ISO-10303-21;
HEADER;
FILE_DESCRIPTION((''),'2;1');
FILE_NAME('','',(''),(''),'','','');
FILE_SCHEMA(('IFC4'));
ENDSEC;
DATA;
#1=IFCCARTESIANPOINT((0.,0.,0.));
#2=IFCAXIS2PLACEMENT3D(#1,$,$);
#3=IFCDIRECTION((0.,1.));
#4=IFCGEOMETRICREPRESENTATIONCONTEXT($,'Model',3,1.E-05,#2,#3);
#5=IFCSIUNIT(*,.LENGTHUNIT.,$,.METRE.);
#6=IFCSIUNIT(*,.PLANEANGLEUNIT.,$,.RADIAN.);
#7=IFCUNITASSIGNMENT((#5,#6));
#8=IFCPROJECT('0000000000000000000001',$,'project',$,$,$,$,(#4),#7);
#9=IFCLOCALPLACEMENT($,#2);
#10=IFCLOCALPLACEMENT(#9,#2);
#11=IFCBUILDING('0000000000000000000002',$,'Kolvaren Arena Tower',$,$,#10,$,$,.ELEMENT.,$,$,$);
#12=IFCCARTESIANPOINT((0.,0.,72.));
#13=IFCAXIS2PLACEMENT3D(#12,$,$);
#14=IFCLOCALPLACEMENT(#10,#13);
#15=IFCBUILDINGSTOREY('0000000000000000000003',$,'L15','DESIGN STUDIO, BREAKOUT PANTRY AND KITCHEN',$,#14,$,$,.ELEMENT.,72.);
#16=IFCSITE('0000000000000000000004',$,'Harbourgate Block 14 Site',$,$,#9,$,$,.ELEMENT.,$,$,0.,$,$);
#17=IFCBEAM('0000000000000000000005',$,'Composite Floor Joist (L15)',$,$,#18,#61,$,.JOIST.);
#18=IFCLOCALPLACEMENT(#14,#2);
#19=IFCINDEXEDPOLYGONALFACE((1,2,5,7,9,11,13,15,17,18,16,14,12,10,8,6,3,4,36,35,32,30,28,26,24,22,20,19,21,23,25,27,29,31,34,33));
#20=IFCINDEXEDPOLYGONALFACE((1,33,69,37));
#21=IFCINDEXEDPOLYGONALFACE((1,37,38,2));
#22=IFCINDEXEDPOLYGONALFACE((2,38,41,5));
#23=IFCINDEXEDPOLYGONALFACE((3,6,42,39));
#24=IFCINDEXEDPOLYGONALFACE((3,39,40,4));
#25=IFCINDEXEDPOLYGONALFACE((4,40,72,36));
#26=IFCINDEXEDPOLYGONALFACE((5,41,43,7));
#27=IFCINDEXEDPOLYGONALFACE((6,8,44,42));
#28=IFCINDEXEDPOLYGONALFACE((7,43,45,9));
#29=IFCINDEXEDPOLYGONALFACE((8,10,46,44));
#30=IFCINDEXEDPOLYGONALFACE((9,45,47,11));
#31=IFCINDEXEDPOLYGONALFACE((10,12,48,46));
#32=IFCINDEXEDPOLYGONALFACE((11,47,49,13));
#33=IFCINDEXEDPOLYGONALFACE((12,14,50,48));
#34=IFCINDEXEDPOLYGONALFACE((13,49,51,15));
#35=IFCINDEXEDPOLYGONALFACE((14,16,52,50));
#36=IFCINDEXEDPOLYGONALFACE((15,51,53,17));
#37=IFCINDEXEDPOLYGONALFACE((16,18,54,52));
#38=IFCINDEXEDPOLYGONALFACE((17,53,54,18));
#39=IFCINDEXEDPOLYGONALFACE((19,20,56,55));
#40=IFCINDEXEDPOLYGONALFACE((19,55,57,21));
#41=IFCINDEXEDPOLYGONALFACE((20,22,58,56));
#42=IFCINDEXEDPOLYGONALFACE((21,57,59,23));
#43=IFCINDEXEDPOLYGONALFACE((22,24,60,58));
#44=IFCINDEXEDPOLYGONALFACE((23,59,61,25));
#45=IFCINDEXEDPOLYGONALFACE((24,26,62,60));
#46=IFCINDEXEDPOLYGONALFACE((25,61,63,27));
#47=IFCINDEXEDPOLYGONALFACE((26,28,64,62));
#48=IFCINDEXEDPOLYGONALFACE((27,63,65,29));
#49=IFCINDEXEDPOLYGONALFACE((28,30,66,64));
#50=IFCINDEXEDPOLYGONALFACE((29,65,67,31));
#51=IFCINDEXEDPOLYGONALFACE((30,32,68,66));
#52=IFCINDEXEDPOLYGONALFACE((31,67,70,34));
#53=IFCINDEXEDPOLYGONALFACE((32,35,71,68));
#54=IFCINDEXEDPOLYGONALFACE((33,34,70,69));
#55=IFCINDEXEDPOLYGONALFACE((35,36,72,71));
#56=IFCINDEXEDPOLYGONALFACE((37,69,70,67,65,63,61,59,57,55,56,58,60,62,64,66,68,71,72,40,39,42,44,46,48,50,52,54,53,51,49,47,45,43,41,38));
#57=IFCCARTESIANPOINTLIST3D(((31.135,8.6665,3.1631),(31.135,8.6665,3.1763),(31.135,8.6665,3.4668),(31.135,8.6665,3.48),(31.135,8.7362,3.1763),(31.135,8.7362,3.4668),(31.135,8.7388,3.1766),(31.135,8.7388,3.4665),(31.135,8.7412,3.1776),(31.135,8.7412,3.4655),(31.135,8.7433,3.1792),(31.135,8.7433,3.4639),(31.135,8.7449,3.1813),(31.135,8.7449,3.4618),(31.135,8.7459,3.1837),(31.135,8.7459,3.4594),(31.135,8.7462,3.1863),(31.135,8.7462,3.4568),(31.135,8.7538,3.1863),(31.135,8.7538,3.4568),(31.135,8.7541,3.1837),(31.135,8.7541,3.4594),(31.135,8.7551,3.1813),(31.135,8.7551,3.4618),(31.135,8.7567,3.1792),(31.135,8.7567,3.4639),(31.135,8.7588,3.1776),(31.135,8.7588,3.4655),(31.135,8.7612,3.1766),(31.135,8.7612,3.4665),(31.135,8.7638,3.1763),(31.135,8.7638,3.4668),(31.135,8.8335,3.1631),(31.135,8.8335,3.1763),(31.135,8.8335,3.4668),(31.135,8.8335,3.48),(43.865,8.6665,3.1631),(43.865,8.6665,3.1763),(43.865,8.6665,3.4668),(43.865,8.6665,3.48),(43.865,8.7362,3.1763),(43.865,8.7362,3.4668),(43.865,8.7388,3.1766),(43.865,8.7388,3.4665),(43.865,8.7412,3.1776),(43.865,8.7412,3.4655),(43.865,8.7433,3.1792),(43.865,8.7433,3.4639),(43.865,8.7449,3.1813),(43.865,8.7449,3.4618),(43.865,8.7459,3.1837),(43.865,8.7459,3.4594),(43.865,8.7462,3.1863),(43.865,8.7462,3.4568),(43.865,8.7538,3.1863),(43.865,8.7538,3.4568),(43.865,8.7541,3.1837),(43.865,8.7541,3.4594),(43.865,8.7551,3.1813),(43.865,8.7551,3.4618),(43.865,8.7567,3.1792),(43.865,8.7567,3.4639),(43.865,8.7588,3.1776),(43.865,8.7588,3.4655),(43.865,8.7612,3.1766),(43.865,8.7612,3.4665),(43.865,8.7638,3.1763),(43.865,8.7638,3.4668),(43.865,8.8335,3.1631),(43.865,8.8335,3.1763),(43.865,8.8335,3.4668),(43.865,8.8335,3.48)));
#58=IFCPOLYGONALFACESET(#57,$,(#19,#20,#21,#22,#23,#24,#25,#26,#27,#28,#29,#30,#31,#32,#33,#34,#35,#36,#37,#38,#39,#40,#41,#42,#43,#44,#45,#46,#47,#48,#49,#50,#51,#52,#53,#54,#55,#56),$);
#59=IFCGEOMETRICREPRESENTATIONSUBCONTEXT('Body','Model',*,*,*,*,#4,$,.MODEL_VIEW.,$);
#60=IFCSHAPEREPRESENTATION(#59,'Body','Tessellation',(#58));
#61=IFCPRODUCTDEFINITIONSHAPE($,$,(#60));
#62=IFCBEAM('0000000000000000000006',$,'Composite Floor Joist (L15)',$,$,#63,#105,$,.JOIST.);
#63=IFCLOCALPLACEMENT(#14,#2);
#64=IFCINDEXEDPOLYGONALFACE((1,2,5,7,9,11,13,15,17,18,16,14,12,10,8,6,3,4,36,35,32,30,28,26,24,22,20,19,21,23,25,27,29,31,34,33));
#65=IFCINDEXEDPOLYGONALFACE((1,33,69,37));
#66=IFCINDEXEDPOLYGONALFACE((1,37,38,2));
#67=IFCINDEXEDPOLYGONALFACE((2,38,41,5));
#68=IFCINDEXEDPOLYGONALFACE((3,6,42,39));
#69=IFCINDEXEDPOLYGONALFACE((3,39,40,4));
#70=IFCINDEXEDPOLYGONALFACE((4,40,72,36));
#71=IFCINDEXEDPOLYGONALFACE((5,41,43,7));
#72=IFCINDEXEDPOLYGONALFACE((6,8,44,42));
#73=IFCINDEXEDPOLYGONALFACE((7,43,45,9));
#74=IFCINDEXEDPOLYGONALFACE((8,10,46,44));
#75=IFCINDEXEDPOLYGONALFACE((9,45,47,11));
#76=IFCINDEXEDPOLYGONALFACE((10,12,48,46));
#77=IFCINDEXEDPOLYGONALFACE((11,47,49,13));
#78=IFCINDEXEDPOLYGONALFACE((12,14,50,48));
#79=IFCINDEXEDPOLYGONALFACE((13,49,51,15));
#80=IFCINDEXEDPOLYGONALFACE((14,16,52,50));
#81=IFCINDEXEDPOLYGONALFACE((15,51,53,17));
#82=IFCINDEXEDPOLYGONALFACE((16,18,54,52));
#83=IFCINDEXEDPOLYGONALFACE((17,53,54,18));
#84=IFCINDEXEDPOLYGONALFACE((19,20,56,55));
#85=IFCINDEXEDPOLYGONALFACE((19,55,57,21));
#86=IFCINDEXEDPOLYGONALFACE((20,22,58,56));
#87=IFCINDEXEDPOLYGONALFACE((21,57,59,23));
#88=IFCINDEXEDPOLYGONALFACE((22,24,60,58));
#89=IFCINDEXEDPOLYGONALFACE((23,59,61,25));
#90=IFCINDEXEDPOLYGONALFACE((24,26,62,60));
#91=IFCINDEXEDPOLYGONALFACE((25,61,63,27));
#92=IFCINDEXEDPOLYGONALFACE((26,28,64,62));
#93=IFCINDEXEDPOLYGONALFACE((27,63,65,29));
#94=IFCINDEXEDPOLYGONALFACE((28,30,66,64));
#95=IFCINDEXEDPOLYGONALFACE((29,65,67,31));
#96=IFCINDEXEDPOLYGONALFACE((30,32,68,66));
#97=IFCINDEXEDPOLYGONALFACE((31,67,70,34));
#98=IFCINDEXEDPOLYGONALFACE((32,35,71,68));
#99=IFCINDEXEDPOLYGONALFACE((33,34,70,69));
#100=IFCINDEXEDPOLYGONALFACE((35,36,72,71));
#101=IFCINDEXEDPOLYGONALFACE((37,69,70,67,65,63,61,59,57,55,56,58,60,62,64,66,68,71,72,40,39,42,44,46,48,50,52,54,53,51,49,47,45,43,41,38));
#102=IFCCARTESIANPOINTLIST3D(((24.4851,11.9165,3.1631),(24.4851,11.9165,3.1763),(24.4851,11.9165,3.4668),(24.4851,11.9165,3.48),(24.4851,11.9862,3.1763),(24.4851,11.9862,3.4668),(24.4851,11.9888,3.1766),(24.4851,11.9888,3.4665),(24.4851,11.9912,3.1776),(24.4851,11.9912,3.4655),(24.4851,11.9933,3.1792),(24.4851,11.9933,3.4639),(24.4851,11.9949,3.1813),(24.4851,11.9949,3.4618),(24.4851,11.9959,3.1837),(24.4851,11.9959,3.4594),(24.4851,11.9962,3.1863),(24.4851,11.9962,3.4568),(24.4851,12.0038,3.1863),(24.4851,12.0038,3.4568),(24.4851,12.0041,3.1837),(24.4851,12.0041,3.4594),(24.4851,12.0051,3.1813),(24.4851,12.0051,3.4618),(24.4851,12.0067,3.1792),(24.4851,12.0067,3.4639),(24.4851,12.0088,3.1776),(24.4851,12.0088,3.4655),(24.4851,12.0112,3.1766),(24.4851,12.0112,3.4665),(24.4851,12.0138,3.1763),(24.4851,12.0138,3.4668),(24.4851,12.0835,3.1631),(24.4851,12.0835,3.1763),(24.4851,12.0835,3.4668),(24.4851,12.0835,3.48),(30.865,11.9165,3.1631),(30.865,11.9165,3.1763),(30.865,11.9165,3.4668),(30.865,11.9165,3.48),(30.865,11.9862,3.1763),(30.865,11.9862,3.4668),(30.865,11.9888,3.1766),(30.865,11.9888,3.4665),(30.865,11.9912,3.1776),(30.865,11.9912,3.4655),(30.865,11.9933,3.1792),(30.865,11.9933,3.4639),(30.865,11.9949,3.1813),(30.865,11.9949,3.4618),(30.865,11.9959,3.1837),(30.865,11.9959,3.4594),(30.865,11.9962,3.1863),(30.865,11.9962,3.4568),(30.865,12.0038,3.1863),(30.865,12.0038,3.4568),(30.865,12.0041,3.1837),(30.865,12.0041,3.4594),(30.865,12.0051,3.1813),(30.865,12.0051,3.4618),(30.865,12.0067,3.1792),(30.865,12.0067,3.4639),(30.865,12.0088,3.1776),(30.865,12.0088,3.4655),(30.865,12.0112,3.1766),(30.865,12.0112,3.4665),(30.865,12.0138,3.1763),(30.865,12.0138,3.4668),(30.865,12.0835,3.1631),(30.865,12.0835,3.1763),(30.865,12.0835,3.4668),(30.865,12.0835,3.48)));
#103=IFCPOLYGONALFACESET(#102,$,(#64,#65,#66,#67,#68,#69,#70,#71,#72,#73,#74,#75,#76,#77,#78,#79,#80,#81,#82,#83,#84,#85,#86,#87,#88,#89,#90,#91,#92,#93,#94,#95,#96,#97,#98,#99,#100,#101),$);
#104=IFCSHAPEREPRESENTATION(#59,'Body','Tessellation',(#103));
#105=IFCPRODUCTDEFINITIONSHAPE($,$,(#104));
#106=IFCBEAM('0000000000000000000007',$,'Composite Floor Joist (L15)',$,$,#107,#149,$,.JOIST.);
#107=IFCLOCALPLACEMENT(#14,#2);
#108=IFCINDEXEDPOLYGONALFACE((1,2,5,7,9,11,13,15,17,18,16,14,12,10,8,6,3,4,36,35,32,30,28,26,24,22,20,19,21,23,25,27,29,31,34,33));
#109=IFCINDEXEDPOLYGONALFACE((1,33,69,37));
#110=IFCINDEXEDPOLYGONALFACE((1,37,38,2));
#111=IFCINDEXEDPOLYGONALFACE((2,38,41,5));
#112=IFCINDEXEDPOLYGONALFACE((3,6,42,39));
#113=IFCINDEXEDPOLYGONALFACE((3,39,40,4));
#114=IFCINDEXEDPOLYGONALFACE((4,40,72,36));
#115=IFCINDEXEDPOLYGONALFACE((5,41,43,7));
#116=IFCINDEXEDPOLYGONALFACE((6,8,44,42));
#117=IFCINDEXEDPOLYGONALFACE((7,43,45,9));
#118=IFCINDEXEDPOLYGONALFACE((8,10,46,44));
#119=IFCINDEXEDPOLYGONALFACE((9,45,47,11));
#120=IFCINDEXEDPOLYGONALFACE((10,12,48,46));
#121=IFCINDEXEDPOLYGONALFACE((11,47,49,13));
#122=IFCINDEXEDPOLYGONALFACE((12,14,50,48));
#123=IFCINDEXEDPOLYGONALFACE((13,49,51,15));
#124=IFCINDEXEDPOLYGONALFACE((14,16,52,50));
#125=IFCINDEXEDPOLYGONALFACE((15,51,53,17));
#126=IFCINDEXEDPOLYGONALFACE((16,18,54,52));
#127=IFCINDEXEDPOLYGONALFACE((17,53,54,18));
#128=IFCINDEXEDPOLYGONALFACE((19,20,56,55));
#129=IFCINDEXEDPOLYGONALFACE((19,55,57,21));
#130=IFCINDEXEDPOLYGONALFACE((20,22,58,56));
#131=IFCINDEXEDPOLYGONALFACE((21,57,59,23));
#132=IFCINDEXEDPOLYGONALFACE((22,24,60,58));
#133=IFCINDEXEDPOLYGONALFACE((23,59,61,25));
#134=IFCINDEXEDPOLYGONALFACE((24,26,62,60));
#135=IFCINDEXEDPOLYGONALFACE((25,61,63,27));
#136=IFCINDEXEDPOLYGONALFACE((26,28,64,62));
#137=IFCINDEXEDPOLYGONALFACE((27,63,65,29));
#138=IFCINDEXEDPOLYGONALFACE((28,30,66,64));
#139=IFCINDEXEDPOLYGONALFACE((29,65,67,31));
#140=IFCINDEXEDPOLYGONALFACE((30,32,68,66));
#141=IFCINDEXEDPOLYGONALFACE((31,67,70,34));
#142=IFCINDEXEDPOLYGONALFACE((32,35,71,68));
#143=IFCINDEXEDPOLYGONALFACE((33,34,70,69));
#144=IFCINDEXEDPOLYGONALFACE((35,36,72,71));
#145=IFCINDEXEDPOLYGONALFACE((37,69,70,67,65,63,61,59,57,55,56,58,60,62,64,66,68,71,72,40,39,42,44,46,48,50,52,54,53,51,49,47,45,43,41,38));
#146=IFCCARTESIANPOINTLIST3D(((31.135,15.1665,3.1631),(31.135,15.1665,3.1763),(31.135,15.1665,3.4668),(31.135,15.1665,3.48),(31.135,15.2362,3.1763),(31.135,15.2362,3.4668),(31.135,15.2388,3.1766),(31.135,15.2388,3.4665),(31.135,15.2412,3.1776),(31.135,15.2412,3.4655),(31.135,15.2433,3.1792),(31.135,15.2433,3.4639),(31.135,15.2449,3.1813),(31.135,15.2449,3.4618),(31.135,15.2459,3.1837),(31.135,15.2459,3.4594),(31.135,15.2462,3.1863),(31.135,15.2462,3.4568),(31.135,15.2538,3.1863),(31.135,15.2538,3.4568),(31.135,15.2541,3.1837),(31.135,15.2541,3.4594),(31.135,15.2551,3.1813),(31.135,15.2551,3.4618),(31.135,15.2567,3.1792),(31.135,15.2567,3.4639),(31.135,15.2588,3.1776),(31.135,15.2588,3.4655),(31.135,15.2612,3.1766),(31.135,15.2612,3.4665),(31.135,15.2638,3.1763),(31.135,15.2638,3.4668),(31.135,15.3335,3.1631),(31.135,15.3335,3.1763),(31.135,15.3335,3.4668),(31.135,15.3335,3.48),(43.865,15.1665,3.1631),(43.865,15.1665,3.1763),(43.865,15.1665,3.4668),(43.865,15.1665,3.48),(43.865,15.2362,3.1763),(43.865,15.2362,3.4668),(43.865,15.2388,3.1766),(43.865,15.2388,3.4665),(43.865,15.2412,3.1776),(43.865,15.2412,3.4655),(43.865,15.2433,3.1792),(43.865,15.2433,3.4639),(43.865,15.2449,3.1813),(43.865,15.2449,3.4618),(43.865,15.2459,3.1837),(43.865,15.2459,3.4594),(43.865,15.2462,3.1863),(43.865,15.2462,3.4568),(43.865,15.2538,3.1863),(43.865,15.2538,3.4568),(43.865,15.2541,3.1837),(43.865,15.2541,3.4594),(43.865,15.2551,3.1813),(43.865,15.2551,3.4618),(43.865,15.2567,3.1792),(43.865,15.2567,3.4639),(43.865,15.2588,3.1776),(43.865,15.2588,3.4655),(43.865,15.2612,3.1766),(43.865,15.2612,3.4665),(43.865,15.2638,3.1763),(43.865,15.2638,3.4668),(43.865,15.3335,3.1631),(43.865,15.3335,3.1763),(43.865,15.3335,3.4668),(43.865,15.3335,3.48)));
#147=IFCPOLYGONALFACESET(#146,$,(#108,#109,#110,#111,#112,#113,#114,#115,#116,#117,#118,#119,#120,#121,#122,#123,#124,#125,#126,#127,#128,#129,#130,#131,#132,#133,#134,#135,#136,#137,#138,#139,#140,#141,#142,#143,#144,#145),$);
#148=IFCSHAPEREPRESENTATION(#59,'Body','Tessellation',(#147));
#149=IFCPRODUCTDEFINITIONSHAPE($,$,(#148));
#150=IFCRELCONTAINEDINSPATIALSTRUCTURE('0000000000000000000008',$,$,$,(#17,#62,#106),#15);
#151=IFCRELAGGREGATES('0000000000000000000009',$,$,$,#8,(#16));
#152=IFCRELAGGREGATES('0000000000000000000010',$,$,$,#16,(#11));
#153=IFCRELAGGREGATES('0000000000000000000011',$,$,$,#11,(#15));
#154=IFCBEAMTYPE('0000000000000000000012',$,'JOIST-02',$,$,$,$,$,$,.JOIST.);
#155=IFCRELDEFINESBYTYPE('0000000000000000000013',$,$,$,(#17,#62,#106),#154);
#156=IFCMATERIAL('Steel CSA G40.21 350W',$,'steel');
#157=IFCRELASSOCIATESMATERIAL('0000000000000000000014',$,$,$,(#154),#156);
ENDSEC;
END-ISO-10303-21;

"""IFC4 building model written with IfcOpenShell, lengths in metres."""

from ifc_helpers import new_model, si_unit, direction, frame, origin, origin_2d, place, context, subcontext, project, spatial, i_section, extrude, material, material_profile, profile_set, type_object, element, save


model = new_model("IFC4")

# Units and contexts
model_context = context("Model", 3, precision=1e-05, world=origin(), true_north=direction((0.0, 1.0)))
body_context = subcontext(model_context, "Body", "Model", "MODEL_VIEW")
ifc_project = project(units=[si_unit("LENGTHUNIT", "METRE"), si_unit("PLANEANGLEUNIT", "RADIAN")], contexts=[model_context])

# Site, building, storey
site_placement = place(None, origin())
site = spatial("IfcSite", under=ifc_project, at=site_placement, Name="Harbourgate Block 14 Site", CompositionType="ELEMENT", RefElevation=0.0)
building_placement = place(site_placement, origin())
building = spatial("IfcBuilding", under=site, at=building_placement, Name="Kolvaren Arena Tower", CompositionType="ELEMENT")
storey_placement = place(building_placement, frame((0.0, 0.0, 72.0)))
storey = spatial("IfcBuildingStorey", under=building, at=storey_placement, Name="L15", Description="DESIGN STUDIO, BREAKOUT PANTRY AND KITCHEN", CompositionType="ELEMENT", Elevation=72.0)

# Beams
ifc_material_1 = material(Name="Steel CSA G40.21 350W", Category="steel")
ifc_material_profile_1 = material_profile(ifc_material_1, i_section(OverallWidth=0.167, OverallDepth=0.3169, WebThickness=0.0076, FlangeThickness=0.0132, FilletRadius=0.01, at=origin_2d()), Name="W310x52")
ifc_profile_set_1 = profile_set([ifc_material_profile_1], Name="Steel CSA G40.21 350W")
beam_type_1 = type_object("IfcBeamType", Name="JOIST-02", PredefinedType="JOIST", material=ifc_profile_set_1)
beam_1_placement = place(storey_placement, frame((31.135, 8.75, 3.3215), z_axis=(1.0, 0.0, 0.0), x_axis=(0.0, 1.0, 0.0)))
element("IfcBeam", 1, at=beam_1_placement, inside=storey, type_object=beam_type_1, Name="Composite Floor Joist (L15)", PredefinedType="JOIST", context=body_context, shape_type="SweptSolid", body=[
    extrude(i_section(OverallWidth=0.167, OverallDepth=0.3169, WebThickness=0.0076, FlangeThickness=0.0132, FilletRadius=0.01, at=origin_2d()), origin(), (0.0, 0.0, 1.0), 12.73),
])
beam_2_placement = place(storey_placement, frame((24.4851, 12.0, 3.3215), z_axis=(1.0, 0.0, 0.0), x_axis=(0.0, 1.0, 0.0)))
element("IfcBeam", 2, at=beam_2_placement, inside=storey, type_object=beam_type_1, Name="Composite Floor Joist (L15)", PredefinedType="JOIST", context=body_context, shape_type="SweptSolid", body=[
    extrude(i_section(OverallWidth=0.167, OverallDepth=0.3169, WebThickness=0.0076, FlangeThickness=0.0132, FilletRadius=0.01, at=origin_2d()), origin(), (0.0, 0.0, 1.0), 6.3799),
])
beam_3_placement = place(storey_placement, frame((31.135, 15.25, 3.3215), z_axis=(1.0, 0.0, 0.0), x_axis=(0.0, 1.0, 0.0)))
element("IfcBeam", 3, at=beam_3_placement, inside=storey, type_object=beam_type_1, Name="Composite Floor Joist (L15)", PredefinedType="JOIST", context=body_context, shape_type="SweptSolid", body=[
    extrude(i_section(OverallWidth=0.167, OverallDepth=0.3169, WebThickness=0.0076, FlangeThickness=0.0132, FilletRadius=0.01, at=origin_2d()), origin(), (0.0, 0.0, 1.0), 12.73),
])

save(model, "model.ifc")
